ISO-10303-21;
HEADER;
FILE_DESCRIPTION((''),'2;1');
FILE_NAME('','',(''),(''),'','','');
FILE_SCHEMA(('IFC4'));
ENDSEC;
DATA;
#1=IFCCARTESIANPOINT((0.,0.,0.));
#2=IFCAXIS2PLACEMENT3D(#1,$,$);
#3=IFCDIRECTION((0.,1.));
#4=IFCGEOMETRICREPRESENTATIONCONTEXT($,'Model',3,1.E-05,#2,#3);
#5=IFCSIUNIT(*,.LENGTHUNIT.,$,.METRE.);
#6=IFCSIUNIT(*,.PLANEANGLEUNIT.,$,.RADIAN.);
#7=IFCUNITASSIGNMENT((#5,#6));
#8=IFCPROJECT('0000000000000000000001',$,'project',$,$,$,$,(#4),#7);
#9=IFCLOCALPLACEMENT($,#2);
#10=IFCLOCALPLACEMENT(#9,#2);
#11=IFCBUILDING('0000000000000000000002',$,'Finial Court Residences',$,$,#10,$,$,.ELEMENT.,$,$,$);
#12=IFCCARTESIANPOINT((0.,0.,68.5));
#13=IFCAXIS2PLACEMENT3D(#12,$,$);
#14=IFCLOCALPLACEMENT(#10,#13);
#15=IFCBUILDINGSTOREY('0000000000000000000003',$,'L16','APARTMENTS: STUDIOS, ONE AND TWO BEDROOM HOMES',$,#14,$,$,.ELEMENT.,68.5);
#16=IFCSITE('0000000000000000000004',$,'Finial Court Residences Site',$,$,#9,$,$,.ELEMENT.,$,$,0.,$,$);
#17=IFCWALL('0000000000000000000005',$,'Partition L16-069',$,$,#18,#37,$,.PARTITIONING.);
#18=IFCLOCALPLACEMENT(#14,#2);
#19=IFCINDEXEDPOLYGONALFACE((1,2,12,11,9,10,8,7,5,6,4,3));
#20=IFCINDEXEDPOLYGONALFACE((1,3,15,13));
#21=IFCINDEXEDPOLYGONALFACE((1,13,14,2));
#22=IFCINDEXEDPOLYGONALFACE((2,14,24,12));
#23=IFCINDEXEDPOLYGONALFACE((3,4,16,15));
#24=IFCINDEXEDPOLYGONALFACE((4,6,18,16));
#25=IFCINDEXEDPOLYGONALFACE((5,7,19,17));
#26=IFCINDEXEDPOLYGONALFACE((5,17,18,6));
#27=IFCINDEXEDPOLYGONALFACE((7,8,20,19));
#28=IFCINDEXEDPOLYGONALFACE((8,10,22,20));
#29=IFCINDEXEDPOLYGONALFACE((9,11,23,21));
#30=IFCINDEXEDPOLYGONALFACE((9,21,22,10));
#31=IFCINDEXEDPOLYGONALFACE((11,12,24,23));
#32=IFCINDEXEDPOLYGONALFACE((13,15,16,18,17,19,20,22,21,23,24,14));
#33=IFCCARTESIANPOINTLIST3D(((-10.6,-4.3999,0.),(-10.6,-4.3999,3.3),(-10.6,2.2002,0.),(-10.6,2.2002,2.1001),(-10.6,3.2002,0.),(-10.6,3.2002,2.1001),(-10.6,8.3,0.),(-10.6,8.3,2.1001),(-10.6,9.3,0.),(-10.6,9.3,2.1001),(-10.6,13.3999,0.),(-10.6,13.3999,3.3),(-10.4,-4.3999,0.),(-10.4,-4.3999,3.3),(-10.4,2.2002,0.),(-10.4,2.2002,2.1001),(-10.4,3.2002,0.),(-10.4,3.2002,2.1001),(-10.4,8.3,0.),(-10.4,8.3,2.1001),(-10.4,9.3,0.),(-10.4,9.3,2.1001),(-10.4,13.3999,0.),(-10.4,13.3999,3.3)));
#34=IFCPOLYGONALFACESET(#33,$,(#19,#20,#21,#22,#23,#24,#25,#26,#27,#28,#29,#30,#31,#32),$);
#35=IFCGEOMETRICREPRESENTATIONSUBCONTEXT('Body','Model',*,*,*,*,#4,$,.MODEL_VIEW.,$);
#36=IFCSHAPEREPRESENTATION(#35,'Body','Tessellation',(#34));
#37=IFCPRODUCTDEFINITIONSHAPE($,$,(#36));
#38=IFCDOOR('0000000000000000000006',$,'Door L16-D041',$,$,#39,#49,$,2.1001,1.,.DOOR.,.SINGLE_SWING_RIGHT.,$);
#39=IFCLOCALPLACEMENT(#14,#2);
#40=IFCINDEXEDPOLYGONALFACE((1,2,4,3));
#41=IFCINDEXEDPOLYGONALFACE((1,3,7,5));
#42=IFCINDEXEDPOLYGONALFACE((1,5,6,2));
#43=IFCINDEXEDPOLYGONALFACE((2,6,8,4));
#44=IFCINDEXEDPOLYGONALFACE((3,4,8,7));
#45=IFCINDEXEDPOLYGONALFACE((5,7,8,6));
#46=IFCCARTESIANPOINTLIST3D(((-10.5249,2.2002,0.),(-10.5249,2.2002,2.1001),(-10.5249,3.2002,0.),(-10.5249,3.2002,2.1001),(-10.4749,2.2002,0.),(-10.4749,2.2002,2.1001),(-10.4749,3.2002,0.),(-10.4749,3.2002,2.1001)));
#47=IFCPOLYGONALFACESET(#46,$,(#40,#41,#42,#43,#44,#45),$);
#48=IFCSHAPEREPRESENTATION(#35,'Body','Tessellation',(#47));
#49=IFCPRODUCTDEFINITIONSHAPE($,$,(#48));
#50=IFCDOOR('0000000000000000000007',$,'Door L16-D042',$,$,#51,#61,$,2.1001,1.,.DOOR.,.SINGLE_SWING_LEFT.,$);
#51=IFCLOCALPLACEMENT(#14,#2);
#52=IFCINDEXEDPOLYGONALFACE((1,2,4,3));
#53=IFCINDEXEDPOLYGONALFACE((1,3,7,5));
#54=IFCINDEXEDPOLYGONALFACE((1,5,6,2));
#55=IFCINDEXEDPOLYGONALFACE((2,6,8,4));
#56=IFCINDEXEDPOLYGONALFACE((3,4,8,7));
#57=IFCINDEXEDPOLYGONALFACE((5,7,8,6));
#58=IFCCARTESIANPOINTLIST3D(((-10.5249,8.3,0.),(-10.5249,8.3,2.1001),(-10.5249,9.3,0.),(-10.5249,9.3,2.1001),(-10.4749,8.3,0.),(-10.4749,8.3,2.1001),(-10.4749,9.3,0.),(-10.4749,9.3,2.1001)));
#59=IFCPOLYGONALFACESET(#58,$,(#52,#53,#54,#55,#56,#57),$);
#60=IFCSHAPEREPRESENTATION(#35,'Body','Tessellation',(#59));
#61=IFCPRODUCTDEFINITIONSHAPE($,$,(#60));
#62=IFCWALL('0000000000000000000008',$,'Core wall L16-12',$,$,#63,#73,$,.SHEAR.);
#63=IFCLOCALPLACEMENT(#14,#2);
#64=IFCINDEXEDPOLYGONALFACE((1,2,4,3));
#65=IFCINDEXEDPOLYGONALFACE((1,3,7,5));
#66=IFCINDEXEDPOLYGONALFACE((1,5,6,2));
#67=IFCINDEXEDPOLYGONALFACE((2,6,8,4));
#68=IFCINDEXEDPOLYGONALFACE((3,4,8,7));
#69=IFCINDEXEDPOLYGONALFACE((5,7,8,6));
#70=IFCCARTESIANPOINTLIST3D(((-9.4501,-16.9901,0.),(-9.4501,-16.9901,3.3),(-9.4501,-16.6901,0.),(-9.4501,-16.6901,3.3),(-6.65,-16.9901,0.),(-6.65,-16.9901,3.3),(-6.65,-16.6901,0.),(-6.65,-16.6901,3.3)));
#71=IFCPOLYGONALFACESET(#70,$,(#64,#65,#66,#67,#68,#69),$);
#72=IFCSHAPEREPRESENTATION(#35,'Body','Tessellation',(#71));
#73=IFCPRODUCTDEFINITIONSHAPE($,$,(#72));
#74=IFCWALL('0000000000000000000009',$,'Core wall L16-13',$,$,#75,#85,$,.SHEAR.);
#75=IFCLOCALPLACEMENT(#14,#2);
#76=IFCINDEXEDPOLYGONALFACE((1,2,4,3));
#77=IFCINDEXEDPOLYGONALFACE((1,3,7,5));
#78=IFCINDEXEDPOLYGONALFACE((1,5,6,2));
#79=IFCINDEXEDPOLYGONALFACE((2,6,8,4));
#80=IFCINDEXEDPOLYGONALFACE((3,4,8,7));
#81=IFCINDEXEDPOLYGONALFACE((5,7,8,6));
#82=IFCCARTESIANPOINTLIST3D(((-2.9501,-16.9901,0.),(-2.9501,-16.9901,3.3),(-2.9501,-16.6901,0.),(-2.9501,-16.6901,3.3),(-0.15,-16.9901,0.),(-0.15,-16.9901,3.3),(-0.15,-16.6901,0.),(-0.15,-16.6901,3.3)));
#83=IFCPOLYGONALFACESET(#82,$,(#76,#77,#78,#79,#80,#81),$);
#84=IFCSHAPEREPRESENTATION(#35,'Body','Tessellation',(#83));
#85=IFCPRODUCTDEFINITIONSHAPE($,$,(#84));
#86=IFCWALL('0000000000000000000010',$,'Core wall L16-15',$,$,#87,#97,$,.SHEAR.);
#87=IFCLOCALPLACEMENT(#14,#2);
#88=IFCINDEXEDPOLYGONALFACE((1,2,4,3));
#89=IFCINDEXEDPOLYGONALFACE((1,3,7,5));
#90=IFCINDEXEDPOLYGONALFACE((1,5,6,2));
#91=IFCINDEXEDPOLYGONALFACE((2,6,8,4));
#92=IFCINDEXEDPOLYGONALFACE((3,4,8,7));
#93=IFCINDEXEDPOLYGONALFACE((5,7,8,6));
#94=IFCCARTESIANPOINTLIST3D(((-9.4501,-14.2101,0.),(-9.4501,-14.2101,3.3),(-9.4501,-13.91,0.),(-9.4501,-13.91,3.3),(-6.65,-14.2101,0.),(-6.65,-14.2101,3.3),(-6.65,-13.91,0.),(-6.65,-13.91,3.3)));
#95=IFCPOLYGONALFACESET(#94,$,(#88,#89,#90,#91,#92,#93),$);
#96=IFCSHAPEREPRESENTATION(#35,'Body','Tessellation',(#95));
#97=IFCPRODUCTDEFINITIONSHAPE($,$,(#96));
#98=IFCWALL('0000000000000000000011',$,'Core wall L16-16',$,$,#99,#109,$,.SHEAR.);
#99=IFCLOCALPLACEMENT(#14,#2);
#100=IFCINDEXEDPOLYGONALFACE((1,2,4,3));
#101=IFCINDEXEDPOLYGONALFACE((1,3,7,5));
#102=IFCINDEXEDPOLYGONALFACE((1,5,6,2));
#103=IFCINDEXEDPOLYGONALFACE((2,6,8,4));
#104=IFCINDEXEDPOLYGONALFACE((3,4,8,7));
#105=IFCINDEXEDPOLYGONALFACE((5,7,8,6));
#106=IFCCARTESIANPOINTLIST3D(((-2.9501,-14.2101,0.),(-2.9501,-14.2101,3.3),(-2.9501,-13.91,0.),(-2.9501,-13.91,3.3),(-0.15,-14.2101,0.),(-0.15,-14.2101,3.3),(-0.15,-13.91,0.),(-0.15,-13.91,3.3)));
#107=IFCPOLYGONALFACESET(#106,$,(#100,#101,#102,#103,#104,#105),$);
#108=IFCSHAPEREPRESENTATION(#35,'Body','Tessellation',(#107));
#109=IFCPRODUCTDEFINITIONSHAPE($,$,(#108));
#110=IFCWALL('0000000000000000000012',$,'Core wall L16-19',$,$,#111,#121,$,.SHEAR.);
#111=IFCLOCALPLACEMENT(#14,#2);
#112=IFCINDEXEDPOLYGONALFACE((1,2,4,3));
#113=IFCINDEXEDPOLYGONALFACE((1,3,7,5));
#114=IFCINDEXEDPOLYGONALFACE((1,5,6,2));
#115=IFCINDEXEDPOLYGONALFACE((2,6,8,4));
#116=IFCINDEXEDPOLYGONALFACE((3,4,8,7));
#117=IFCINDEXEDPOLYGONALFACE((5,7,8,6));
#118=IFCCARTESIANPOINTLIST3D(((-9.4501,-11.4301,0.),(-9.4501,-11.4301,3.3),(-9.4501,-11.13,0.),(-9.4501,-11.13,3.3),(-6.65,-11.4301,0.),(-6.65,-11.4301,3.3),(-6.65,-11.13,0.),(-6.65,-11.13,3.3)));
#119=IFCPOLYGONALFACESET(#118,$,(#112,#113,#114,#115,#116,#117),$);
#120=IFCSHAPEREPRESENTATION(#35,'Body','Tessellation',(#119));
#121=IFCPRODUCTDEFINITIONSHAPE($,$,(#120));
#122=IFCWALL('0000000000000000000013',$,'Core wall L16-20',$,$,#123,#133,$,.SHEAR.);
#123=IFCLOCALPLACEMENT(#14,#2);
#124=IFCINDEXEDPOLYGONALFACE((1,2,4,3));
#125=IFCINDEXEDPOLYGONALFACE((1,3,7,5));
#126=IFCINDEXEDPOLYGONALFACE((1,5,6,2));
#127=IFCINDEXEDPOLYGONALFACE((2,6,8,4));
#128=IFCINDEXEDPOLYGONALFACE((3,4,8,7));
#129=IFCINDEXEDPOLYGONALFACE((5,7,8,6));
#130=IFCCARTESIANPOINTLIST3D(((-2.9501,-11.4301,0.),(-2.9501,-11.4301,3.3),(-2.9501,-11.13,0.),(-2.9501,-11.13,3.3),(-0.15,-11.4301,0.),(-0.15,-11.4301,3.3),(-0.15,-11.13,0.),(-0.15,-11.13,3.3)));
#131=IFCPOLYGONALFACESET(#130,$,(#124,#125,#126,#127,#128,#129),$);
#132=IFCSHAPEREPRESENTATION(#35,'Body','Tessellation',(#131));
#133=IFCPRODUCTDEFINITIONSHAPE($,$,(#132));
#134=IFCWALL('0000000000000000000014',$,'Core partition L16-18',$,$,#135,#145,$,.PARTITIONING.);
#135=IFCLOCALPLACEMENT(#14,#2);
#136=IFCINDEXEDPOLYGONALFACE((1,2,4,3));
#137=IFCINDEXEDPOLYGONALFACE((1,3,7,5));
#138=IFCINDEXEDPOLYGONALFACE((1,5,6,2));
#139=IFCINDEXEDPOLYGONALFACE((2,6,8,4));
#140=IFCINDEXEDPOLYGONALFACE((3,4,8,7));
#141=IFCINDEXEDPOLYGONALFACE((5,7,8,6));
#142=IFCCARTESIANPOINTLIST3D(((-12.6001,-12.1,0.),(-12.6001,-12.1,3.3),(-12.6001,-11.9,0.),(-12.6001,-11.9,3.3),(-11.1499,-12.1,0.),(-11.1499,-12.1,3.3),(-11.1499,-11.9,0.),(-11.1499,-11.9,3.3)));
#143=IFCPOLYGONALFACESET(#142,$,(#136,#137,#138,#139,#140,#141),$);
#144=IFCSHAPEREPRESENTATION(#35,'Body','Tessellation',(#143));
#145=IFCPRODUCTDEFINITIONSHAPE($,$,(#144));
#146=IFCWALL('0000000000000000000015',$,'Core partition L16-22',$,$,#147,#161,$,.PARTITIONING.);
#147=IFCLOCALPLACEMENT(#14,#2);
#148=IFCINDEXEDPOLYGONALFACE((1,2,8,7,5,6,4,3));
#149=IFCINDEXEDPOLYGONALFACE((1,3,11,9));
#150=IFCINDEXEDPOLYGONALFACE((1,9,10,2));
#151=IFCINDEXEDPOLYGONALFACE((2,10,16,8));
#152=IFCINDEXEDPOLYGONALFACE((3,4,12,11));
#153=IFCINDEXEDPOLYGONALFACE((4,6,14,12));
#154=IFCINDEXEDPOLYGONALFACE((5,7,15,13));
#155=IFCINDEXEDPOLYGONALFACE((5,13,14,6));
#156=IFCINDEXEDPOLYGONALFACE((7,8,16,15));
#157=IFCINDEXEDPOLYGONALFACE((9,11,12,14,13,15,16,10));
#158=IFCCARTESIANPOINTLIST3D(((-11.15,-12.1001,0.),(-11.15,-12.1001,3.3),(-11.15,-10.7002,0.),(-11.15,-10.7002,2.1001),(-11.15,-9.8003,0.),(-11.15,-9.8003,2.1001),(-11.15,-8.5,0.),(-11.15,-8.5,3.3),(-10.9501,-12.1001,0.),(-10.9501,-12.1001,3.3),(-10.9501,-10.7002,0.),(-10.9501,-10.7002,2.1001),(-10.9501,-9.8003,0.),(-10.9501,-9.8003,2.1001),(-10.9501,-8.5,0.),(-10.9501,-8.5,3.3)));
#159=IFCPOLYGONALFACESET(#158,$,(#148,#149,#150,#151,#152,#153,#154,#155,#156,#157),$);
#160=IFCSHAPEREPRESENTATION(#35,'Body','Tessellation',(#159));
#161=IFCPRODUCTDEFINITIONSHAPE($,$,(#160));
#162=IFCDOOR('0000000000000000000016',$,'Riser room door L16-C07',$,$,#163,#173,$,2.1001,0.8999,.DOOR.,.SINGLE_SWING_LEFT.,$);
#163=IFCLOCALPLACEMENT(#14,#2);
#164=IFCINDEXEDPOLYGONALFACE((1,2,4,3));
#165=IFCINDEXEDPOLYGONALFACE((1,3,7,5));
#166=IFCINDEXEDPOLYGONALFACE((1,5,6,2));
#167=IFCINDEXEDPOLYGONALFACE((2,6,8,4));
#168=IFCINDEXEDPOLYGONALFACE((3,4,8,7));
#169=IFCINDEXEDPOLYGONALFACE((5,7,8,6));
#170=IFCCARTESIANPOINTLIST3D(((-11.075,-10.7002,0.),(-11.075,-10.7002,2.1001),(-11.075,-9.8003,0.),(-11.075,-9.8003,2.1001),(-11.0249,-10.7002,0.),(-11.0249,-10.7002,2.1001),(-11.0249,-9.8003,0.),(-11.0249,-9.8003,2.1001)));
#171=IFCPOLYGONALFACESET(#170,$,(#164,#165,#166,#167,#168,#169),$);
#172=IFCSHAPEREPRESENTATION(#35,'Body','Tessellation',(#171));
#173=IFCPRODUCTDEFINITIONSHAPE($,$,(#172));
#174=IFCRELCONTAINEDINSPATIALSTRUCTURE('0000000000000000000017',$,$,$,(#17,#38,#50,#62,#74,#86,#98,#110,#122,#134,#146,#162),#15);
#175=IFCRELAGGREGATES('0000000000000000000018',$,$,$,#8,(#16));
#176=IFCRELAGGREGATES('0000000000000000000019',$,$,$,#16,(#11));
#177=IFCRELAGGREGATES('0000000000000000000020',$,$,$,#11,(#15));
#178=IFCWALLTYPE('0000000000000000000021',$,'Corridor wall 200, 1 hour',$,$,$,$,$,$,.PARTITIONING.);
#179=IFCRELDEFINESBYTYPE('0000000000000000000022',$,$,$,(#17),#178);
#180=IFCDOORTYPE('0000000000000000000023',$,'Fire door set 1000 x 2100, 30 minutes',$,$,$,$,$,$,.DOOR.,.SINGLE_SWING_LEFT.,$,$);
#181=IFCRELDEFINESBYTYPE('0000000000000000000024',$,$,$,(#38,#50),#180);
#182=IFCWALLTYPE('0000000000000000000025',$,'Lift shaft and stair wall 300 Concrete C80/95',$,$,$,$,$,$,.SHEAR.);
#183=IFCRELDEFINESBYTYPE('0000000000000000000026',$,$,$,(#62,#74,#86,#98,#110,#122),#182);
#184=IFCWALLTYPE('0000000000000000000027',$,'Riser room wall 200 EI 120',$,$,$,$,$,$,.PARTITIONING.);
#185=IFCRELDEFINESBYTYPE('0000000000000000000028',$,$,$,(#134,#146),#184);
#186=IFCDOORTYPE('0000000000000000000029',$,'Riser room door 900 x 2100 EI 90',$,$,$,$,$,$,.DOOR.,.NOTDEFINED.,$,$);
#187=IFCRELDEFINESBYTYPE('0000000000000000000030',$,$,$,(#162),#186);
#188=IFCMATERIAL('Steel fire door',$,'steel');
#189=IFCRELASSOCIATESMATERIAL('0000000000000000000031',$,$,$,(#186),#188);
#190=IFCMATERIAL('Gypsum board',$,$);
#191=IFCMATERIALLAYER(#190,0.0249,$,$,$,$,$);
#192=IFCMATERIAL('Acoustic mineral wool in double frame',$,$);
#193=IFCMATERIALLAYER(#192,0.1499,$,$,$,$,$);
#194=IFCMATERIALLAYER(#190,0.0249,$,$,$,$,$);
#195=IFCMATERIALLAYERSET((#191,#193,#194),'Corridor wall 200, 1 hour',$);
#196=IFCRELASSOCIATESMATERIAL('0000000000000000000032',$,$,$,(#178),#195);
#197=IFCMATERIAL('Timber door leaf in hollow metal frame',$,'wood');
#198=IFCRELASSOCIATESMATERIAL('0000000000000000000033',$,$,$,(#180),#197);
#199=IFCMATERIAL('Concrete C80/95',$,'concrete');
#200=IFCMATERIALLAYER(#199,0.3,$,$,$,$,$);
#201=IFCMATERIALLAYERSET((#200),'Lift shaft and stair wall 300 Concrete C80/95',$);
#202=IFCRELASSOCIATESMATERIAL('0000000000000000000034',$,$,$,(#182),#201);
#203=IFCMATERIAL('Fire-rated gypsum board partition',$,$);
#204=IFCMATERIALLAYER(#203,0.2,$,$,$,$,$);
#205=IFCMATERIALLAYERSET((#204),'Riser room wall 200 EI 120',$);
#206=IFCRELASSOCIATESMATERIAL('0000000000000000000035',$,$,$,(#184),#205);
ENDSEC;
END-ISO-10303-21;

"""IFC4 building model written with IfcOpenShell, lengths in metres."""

from ifc_helpers import new_model, si_unit, direction, frame, frame_2d, origin, place, context, subcontext, project, spatial, rectangle, extrude, material, layer, layer_set, type_object, element, fill, save


model = new_model("IFC4")

# Units and contexts
model_context = context("Model", 3, precision=1e-05, world=origin(), true_north=direction((0.0, 1.0)))
body_context = subcontext(model_context, "Body", "Model", "MODEL_VIEW")
ifc_project = project(units=[si_unit("LENGTHUNIT", "METRE"), si_unit("PLANEANGLEUNIT", "RADIAN")], contexts=[model_context])

# Site, building, storey
site_placement = place(None, origin())
site = spatial("IfcSite", under=ifc_project, at=site_placement, Name="Finial Court Residences Site", CompositionType="ELEMENT", RefElevation=0.0)
building_placement = place(site_placement, origin())
building = spatial("IfcBuilding", under=site, at=building_placement, Name="Finial Court Residences", CompositionType="ELEMENT")
storey_placement = place(building_placement, frame((0.0, 0.0, 68.5)))
storey = spatial("IfcBuildingStorey", under=building, at=storey_placement, Name="L16", Description="APARTMENTS: STUDIOS, ONE AND TWO BEDROOM HOMES", CompositionType="ELEMENT", Elevation=68.5)

# Shared definitions
ifc_material_1 = material(Name="Concrete C80/95", Category="concrete")

# Shared definitions
ifc_material_2 = material(Name="Steel fire door", Category="steel")
door_type_1 = type_object("IfcDoorType", Name="Riser room door 900 x 2100 EI 90", OperationType="NOTDEFINED", PredefinedType="DOOR", material=ifc_material_2)

# Shared definitions
ifc_material_3 = material(Name="Gypsum board")
ifc_layer_1 = layer(ifc_material_3, 0.0249)
ifc_material_4 = material(Name="Acoustic mineral wool in double frame")
ifc_layer_2 = layer(ifc_material_4, 0.1499)
ifc_layer_3 = layer(ifc_material_3, 0.0249)
ifc_layer_set_1 = layer_set([ifc_layer_1, ifc_layer_2, ifc_layer_3], Name="Corridor wall 200, 1 hour")
wall_type_1 = type_object("IfcWallType", Name="Corridor wall 200, 1 hour", PredefinedType="PARTITIONING", material=ifc_layer_set_1)
ifc_material_5 = material(Name="Timber door leaf in hollow metal frame", Category="wood")

# Wall, openings, doors
wall_1_placement = place(storey_placement, frame((-10.5, -4.3999, 0.0), z_axis=(0.0, 0.0, 1.0), x_axis=(0.0, 1.0, 0.0)))
wall_1 = element("IfcWall", 1, at=wall_1_placement, inside=storey, type_object=wall_type_1, Name="Partition L16-069", PredefinedType="PARTITIONING", context=body_context, shape_type="SweptSolid", body=[
    extrude(rectangle(XDim=17.7998, YDim=0.2, at=frame_2d((8.8999, 0.0))), origin(), (0.0, 0.0, 1.0), 3.3),
])
opening_1_placement = place(wall_1_placement, frame((6.6001, 0.0, 0.0)))
opening_1 = element("IfcOpeningElement", 2, at=opening_1_placement, cuts=wall_1, PredefinedType="OPENING", context=body_context, shape_type="SweptSolid", body=[
    extrude(rectangle(XDim=1.0, YDim=2.1001, at=frame_2d((0.5, 1.05))), frame((0.0, 0.1099, 0.0), z_axis=(0.0, -1.0, 0.0), x_axis=(1.0, 0.0, 0.0)), (0.0, 0.0, 1.0), 0.22),
])
opening_2_placement = place(wall_1_placement, frame((12.7, 0.0, 0.0)))
opening_2 = element("IfcOpeningElement", 3, at=opening_2_placement, cuts=wall_1, PredefinedType="OPENING", context=body_context, shape_type="SweptSolid", body=[
    extrude(rectangle(XDim=1.0, YDim=2.1001, at=frame_2d((0.5, 1.05))), frame((0.0, 0.1099, 0.0), z_axis=(0.0, -1.0, 0.0), x_axis=(1.0, 0.0, 0.0)), (0.0, 0.0, 1.0), 0.22),
])
door_type_2 = type_object("IfcDoorType", Name="Fire door set 1000 x 2100, 30 minutes", OperationType="SINGLE_SWING_LEFT", PredefinedType="DOOR", material=ifc_material_5)
door_1_placement = place(opening_1_placement, origin())
door_1 = element("IfcDoor", 4, at=door_1_placement, inside=storey, type_object=door_type_2, Name="Door L16-D041", OperationType="SINGLE_SWING_RIGHT", OverallHeight=2.1001, OverallWidth=1.0, PredefinedType="DOOR", context=body_context, shape_type="SweptSolid", body=[
    extrude(rectangle(XDim=1.0, YDim=2.1001, at=frame_2d((0.5, 1.05))), frame((0.0, 0.0249, 0.0), z_axis=(0.0, -1.0, 0.0), x_axis=(1.0, 0.0, 0.0)), (0.0, 0.0, 1.0), 0.05),
])
fill(opening_1, door_1)
door_2_placement = place(opening_2_placement, origin())
door_2 = element("IfcDoor", 5, at=door_2_placement, inside=storey, type_object=door_type_2, Name="Door L16-D042", OperationType="SINGLE_SWING_LEFT", OverallHeight=2.1001, OverallWidth=1.0, PredefinedType="DOOR", context=body_context, shape_type="SweptSolid", body=[
    extrude(rectangle(XDim=1.0, YDim=2.1001, at=frame_2d((0.5, 1.05))), frame((0.0, 0.0249, 0.0), z_axis=(0.0, -1.0, 0.0), x_axis=(1.0, 0.0, 0.0)), (0.0, 0.0, 1.0), 0.05),
])
fill(opening_2, door_2)

# Walls
ifc_layer_4 = layer(ifc_material_1, 0.3)
ifc_layer_set_2 = layer_set([ifc_layer_4], Name="Lift shaft and stair wall 300 Concrete C80/95")
wall_type_2 = type_object("IfcWallType", Name="Lift shaft and stair wall 300 Concrete C80/95", PredefinedType="SHEAR", material=ifc_layer_set_2)
for number, where, z_axis, x_axis, name in (
    (6, (-9.45, -16.8401, 0.0), (0.0, 0.0, 1.0), (1.0, 0.0, 0.0), "Core wall L16-12"),
    (7, (-2.95, -16.8401, 0.0), (0.0, 0.0, 1.0), (1.0, 0.0, 0.0), "Core wall L16-13"),
    (8, (-9.45, -14.0601, 0.0), (0.0, 0.0, 1.0), (1.0, 0.0, 0.0), "Core wall L16-15"),
    (9, (-2.95, -14.0601, 0.0), (0.0, 0.0, 1.0), (1.0, 0.0, 0.0), "Core wall L16-16"),
    (10, (-9.45, -11.28, 0.0), (0.0, 0.0, 1.0), (1.0, 0.0, 0.0), "Core wall L16-19"),
    (11, (-2.95, -11.28, 0.0), (0.0, 0.0, 1.0), (1.0, 0.0, 0.0), "Core wall L16-20"),
):
    element("IfcWall", number, at=place(storey_placement, frame(where, z_axis=z_axis, x_axis=x_axis)), inside=storey, type_object=wall_type_2, Name=name, PredefinedType="SHEAR", context=body_context, shape_type="SweptSolid", body=[
        extrude(rectangle(XDim=2.8, YDim=0.3, at=frame_2d((1.3999, 0.0))), origin(), (0.0, 0.0, 1.0), 3.3),
    ])
ifc_material_6 = material(Name="Fire-rated gypsum board partition")
ifc_layer_5 = layer(ifc_material_6, 0.2)
ifc_layer_set_3 = layer_set([ifc_layer_5], Name="Riser room wall 200 EI 120")
wall_type_3 = type_object("IfcWallType", Name="Riser room wall 200 EI 120", PredefinedType="PARTITIONING", material=ifc_layer_set_3)
wall_2_placement = place(storey_placement, frame((-12.6001, -12.0, 0.0), z_axis=(0.0, 0.0, 1.0), x_axis=(1.0, 0.0, 0.0)))
element("IfcWall", 12, at=wall_2_placement, inside=storey, type_object=wall_type_3, Name="Core partition L16-18", PredefinedType="PARTITIONING", context=body_context, shape_type="SweptSolid", body=[
    extrude(rectangle(XDim=1.4502, YDim=0.2, at=frame_2d((0.7251, 0.0))), origin(), (0.0, 0.0, 1.0), 3.3),
])

# Wall, opening, door
wall_3_placement = place(storey_placement, frame((-11.05, -12.1001, 0.0), z_axis=(0.0, 0.0, 1.0), x_axis=(0.0, 1.0, 0.0)))
wall_3 = element("IfcWall", 13, at=wall_3_placement, inside=storey, type_object=wall_type_3, Name="Core partition L16-22", PredefinedType="PARTITIONING", context=body_context, shape_type="SweptSolid", body=[
    extrude(rectangle(XDim=3.6001, YDim=0.2, at=frame_2d((1.8, 0.0))), origin(), (0.0, 0.0, 1.0), 3.3),
])
opening_3_placement = place(wall_3_placement, frame((1.3999, 0.0, 0.0)))
opening_3 = element("IfcOpeningElement", 14, at=opening_3_placement, cuts=wall_3, PredefinedType="OPENING", context=body_context, shape_type="SweptSolid", body=[
    extrude(rectangle(XDim=0.8999, YDim=2.1001, at=frame_2d((0.45, 1.05))), frame((0.0, 0.1099, 0.0), z_axis=(0.0, -1.0, 0.0), x_axis=(1.0, 0.0, 0.0)), (0.0, 0.0, 1.0), 0.22),
])
door_3_placement = place(opening_3_placement, origin())
door_3 = element("IfcDoor", 15, at=door_3_placement, inside=storey, type_object=door_type_1, Name="Riser room door L16-C07", OperationType="SINGLE_SWING_LEFT", OverallHeight=2.1001, OverallWidth=0.8999, PredefinedType="DOOR", context=body_context, shape_type="SweptSolid", body=[
    extrude(rectangle(XDim=0.8999, YDim=2.1001, at=frame_2d((0.45, 1.05))), frame((0.0, 0.0249, 0.0), z_axis=(0.0, -1.0, 0.0), x_axis=(1.0, 0.0, 0.0)), (0.0, 0.0, 1.0), 0.05),
])
fill(opening_3, door_3)

save(model, "model.ifc")
